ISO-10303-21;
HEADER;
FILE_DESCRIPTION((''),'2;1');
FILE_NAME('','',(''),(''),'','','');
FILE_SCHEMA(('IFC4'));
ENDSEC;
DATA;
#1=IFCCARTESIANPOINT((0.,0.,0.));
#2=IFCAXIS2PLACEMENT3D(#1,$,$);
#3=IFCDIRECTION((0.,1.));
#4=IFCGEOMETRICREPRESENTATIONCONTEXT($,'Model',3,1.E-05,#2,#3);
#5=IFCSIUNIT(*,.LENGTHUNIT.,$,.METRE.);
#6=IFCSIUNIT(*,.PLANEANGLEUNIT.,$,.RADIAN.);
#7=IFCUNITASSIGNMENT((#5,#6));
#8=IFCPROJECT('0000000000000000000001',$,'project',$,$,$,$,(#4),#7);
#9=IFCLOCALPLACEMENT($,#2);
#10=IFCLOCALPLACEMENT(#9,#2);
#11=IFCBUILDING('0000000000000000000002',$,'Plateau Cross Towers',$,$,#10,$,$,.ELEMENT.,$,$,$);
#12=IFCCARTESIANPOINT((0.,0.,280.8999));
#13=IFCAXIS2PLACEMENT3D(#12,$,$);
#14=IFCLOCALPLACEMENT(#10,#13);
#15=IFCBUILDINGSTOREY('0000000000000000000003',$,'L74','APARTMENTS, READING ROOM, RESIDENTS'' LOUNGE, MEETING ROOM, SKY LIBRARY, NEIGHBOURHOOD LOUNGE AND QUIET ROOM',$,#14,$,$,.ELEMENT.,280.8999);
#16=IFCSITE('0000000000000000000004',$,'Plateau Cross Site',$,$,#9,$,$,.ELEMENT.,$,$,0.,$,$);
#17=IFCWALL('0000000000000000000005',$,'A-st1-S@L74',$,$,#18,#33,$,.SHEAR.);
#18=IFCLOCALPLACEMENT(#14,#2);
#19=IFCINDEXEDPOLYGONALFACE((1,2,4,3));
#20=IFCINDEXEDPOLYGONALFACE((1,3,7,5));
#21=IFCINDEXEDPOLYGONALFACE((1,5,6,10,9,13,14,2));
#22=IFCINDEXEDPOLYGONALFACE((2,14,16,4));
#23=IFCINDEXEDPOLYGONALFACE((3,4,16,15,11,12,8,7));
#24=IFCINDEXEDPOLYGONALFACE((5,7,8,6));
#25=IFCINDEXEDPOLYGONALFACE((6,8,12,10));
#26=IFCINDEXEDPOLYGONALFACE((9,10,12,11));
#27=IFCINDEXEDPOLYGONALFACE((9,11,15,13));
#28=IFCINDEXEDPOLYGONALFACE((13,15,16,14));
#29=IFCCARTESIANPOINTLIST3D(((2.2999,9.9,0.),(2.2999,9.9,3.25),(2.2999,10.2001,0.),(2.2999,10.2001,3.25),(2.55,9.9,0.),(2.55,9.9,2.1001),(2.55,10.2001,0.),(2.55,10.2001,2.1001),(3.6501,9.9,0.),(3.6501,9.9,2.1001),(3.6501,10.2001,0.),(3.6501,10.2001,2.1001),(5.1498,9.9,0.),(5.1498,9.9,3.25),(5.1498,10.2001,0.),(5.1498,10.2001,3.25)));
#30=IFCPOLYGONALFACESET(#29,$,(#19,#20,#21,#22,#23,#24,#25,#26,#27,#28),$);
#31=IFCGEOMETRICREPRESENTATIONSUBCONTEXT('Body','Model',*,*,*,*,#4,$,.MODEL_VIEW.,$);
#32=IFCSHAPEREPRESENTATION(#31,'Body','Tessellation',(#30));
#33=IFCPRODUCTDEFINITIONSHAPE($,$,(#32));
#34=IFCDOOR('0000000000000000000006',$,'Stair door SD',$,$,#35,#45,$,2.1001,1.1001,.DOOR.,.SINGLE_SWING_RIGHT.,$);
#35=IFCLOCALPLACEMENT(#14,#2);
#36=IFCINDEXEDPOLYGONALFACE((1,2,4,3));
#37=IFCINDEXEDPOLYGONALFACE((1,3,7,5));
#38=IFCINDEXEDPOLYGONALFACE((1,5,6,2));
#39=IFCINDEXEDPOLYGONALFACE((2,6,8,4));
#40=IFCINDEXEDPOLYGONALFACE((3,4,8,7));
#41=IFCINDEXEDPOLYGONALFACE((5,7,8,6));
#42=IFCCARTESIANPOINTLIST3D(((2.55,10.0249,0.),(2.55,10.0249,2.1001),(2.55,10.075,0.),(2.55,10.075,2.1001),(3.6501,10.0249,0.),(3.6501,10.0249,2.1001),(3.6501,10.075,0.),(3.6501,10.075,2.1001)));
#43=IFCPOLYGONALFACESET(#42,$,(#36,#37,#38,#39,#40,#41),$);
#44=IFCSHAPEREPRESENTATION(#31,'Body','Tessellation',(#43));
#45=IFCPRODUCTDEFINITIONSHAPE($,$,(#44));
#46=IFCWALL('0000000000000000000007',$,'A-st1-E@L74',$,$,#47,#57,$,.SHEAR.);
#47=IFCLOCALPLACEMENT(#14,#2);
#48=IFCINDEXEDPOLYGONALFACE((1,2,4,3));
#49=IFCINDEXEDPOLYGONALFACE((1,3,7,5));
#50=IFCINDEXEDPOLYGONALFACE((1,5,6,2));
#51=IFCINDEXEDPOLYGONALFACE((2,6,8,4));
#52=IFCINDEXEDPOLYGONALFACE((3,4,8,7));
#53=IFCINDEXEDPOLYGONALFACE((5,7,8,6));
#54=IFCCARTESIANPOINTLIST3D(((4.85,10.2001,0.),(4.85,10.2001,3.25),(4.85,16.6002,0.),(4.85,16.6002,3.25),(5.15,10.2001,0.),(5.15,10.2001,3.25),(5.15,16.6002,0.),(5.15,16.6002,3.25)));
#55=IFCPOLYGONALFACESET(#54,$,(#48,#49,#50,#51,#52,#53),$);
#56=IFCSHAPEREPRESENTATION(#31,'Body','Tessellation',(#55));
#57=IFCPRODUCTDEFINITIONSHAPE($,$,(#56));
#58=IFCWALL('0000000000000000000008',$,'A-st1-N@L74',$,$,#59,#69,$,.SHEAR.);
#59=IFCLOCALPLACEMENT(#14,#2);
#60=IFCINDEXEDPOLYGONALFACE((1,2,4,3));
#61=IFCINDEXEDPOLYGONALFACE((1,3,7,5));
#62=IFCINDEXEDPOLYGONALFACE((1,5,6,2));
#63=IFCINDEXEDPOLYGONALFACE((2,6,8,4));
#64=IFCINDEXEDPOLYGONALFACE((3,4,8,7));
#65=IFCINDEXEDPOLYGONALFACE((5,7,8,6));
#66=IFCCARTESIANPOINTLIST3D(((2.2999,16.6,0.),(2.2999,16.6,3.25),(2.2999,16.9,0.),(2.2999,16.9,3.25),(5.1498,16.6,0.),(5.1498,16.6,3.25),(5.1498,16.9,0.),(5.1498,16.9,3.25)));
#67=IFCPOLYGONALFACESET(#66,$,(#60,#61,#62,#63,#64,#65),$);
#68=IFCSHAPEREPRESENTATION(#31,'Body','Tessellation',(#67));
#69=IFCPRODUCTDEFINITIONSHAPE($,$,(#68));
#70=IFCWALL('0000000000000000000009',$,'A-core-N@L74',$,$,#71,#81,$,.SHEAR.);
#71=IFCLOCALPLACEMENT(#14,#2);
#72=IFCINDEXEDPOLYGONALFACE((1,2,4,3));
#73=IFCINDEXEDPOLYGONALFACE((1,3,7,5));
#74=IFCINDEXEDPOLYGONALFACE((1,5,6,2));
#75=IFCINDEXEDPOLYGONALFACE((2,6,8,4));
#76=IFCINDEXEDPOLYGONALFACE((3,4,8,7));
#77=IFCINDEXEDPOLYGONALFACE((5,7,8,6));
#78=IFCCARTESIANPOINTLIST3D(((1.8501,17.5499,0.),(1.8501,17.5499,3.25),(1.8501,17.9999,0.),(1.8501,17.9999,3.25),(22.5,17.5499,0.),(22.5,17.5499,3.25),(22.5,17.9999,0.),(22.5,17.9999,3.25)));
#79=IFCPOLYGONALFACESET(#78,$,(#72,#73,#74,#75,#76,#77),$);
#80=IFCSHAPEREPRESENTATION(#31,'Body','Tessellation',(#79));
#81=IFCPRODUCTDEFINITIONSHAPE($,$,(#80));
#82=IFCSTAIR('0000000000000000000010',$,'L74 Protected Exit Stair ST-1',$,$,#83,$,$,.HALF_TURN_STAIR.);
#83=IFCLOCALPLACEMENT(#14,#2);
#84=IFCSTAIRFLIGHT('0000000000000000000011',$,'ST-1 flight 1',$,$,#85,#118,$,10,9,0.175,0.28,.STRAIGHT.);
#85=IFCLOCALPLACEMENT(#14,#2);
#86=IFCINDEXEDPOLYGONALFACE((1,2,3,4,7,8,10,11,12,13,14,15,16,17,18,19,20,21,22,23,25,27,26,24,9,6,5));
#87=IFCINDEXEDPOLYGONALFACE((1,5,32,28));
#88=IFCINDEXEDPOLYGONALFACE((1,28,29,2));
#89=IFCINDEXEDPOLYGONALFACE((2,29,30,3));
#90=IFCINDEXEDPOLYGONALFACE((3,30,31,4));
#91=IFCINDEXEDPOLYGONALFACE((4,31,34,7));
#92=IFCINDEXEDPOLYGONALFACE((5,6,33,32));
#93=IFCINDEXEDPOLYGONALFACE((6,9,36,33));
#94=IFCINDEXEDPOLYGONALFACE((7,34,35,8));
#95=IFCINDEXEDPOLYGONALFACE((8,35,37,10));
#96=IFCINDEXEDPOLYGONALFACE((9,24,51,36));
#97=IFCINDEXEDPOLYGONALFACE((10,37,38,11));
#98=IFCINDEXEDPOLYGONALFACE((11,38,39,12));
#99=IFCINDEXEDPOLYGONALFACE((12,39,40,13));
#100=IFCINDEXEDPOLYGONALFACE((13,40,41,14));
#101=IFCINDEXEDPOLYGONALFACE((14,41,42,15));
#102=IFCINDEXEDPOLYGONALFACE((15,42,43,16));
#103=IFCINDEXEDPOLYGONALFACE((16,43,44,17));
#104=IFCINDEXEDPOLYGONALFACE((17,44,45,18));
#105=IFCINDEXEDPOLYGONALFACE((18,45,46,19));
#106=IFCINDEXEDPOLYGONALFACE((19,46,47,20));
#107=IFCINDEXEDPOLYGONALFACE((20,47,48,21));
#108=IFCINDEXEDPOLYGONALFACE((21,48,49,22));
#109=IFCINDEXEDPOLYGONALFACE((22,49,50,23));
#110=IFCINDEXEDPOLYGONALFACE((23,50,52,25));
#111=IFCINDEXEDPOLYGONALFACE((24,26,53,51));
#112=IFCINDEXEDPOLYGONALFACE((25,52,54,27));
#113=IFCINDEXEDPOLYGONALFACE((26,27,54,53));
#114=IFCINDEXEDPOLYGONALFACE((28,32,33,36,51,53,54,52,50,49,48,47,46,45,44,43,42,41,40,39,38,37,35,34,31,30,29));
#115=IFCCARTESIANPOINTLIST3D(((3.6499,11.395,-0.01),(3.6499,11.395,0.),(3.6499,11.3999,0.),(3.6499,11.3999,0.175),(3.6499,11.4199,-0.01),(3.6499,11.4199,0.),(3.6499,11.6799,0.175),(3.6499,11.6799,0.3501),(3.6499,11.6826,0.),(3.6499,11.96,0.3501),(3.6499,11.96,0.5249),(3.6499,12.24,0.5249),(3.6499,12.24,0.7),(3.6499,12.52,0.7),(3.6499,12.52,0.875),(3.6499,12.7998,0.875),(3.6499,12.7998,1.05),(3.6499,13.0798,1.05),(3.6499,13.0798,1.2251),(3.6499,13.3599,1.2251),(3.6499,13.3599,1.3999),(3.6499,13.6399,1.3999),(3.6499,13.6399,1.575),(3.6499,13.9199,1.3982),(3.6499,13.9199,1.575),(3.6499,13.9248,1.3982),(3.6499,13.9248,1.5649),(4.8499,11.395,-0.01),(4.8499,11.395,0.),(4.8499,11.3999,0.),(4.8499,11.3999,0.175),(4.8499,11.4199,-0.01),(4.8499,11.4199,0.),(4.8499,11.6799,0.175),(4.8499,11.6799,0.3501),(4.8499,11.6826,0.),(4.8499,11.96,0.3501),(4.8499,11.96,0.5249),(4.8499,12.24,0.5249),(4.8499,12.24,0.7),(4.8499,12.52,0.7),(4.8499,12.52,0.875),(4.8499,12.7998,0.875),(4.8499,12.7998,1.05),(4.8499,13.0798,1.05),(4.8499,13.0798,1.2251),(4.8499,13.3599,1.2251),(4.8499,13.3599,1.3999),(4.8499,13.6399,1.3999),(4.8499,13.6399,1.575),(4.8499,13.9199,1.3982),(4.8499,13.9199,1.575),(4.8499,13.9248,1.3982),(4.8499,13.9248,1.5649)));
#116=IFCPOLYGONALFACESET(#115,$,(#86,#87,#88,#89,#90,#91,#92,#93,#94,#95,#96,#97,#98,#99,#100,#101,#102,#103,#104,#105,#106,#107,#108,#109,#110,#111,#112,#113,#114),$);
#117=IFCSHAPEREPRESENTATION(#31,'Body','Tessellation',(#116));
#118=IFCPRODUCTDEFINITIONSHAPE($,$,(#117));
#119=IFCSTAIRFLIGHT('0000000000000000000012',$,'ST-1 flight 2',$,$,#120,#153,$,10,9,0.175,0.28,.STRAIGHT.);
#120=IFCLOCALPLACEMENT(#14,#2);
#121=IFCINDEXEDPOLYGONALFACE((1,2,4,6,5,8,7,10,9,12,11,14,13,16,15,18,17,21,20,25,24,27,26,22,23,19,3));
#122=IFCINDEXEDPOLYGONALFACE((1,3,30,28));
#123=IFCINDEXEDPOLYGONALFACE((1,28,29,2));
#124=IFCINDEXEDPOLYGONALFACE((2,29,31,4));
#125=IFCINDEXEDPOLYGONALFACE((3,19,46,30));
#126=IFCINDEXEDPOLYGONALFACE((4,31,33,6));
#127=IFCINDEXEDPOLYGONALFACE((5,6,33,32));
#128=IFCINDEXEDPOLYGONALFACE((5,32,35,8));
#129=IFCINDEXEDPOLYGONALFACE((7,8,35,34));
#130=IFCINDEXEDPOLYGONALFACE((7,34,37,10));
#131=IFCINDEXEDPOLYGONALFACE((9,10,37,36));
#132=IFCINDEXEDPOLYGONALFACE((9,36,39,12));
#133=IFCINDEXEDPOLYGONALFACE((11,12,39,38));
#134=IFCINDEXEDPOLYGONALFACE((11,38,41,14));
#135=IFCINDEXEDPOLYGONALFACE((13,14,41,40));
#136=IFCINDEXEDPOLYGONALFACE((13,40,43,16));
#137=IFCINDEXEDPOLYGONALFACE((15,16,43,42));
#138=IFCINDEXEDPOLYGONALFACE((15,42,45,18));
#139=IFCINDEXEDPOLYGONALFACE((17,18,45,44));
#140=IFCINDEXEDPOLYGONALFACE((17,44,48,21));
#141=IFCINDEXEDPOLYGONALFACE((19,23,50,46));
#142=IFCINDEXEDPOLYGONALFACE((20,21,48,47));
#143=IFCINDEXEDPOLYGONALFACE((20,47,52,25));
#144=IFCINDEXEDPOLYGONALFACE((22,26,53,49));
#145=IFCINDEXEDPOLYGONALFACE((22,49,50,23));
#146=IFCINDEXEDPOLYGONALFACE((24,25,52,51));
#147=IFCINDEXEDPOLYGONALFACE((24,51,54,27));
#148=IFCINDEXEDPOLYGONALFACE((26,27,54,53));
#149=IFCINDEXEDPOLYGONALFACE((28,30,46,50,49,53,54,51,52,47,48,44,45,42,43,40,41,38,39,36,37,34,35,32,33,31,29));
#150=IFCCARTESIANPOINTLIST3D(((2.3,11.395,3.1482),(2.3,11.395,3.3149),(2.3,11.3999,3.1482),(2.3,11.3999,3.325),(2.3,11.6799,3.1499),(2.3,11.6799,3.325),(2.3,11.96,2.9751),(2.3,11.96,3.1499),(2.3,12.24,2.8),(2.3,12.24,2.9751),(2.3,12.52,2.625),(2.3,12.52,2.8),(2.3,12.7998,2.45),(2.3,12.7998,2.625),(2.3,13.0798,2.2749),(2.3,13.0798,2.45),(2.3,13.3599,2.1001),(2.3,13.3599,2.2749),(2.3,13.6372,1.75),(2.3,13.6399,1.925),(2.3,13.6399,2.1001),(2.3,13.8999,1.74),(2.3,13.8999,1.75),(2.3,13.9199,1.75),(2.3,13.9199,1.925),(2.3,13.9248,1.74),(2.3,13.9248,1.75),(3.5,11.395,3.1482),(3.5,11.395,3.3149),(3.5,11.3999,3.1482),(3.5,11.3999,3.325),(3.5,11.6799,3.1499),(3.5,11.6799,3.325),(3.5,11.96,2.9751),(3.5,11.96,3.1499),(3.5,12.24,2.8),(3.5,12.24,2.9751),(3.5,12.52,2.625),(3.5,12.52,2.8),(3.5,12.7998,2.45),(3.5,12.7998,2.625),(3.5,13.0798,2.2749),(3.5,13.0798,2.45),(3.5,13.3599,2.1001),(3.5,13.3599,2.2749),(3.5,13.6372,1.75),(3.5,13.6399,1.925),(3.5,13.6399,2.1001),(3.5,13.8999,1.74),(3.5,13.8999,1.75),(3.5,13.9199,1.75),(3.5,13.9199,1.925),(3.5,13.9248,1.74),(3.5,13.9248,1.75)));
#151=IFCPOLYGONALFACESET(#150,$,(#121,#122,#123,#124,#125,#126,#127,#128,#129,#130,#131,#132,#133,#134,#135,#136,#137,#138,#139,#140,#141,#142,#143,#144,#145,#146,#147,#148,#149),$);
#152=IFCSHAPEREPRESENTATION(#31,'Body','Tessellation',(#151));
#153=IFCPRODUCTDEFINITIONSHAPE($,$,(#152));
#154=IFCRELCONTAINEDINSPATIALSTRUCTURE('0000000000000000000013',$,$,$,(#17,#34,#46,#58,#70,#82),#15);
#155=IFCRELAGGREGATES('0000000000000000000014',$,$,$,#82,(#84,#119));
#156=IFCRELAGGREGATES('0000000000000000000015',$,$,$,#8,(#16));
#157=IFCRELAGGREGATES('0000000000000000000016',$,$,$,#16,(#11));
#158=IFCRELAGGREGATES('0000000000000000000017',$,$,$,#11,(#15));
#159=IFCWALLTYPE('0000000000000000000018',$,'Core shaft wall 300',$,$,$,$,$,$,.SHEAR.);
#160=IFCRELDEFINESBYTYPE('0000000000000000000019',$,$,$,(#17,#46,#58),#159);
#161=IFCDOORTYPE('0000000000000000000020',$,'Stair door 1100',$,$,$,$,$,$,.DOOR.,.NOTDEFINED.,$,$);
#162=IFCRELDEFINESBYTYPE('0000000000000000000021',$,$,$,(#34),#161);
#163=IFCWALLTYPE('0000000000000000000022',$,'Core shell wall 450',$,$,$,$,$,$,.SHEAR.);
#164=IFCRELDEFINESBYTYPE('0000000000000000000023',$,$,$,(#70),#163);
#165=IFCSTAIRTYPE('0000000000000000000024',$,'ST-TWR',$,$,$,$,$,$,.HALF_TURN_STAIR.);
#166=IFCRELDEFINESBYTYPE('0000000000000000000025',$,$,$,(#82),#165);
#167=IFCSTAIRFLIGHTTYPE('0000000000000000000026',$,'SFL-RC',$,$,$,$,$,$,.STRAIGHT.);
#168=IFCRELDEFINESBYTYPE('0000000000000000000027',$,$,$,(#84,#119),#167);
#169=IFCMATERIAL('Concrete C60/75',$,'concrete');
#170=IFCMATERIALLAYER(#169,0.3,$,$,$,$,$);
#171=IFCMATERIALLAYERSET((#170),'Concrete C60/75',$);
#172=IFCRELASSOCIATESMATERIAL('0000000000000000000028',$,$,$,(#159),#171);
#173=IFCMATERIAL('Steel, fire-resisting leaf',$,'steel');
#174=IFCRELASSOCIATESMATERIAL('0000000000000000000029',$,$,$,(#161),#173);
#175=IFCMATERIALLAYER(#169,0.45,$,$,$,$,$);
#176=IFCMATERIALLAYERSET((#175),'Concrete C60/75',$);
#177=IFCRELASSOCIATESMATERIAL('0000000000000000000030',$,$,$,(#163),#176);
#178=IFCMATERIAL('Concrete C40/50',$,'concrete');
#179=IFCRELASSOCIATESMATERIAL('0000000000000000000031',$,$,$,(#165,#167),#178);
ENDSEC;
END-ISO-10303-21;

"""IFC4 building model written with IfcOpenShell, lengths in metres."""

from ifc_helpers import new_model, si_unit, direction, frame, frame_2d, origin, place, context, subcontext, project, spatial, polyline, rectangle, outline, extrude, material, layer, layer_set, type_object, element, fill, aggregate, save


model = new_model("IFC4")

# Units and contexts
model_context = context("Model", 3, precision=1e-05, world=origin(), true_north=direction((0.0, 1.0)))
body_context = subcontext(model_context, "Body", "Model", "MODEL_VIEW")
ifc_project = project(units=[si_unit("LENGTHUNIT", "METRE"), si_unit("PLANEANGLEUNIT", "RADIAN")], contexts=[model_context])

# Site, building, storey
site_placement = place(None, origin())
site = spatial("IfcSite", under=ifc_project, at=site_placement, Name="Plateau Cross Site", CompositionType="ELEMENT", RefElevation=0.0)
building_placement = place(site_placement, origin())
building = spatial("IfcBuilding", under=site, at=building_placement, Name="Plateau Cross Towers", CompositionType="ELEMENT")
storey_placement = place(building_placement, frame((0.0, 0.0, 280.8999)))
storey = spatial("IfcBuildingStorey", under=building, at=storey_placement, Name="L74", Description="APARTMENTS, READING ROOM, RESIDENTS' LOUNGE, MEETING ROOM, SKY LIBRARY, NEIGHBOURHOOD LOUNGE AND QUIET ROOM", CompositionType="ELEMENT", Elevation=280.8999)

# Shared definitions
ifc_material_1 = material(Name="Concrete C60/75", Category="concrete")

# Wall, opening, door
ifc_layer_1 = layer(ifc_material_1, 0.3)
ifc_layer_set_1 = layer_set([ifc_layer_1], Name="Concrete C60/75")
wall_type_1 = type_object("IfcWallType", Name="Core shaft wall 300", PredefinedType="SHEAR", material=ifc_layer_set_1)
wall_1_placement = place(storey_placement, frame((2.3, 10.05, 0.0), z_axis=(0.0, 0.0, 1.0), x_axis=(1.0, 0.0, 0.0)))
wall_1 = element("IfcWall", 1, at=wall_1_placement, inside=storey, type_object=wall_type_1, Name="A-st1-S@L74", PredefinedType="SHEAR", context=body_context, shape_type="SweptSolid", body=[
    extrude(rectangle(XDim=2.8499, YDim=0.3, at=frame_2d((1.4248, 0.0))), origin(), (0.0, 0.0, 1.0), 3.25),
])
opening_placement = place(wall_1_placement, frame((0.25, 0.0, 0.0)))
opening = element("IfcOpeningElement", 2, at=opening_placement, cuts=wall_1, PredefinedType="OPENING", context=body_context, shape_type="SweptSolid", body=[
    extrude(rectangle(XDim=1.1001, YDim=2.1001, at=frame_2d((0.55, 1.05))), frame((0.0, 0.1599, 0.0), z_axis=(0.0, -1.0, 0.0), x_axis=(1.0, 0.0, 0.0)), (0.0, 0.0, 1.0), 0.3201),
])
ifc_material_2 = material(Name="Steel, fire-resisting leaf", Category="steel")
door_type = type_object("IfcDoorType", Name="Stair door 1100", OperationType="NOTDEFINED", PredefinedType="DOOR", material=ifc_material_2)
door_placement = place(opening_placement, origin())
door = element("IfcDoor", 3, at=door_placement, inside=storey, type_object=door_type, Name="Stair door SD", OperationType="SINGLE_SWING_RIGHT", OverallHeight=2.1001, OverallWidth=1.1001, PredefinedType="DOOR", context=body_context, shape_type="SweptSolid", body=[
    extrude(rectangle(XDim=1.1001, YDim=2.1001, at=frame_2d((0.55, 1.05))), frame((0.0, 0.0249, 0.0), z_axis=(0.0, -1.0, 0.0), x_axis=(1.0, 0.0, 0.0)), (0.0, 0.0, 1.0), 0.05),
])
fill(opening, door)

# Walls
wall_2_placement = place(storey_placement, frame((5.0, 10.2, 0.0), z_axis=(0.0, 0.0, 1.0), x_axis=(0.0, 1.0, 0.0)))
element("IfcWall", 4, at=wall_2_placement, inside=storey, type_object=wall_type_1, Name="A-st1-E@L74", PredefinedType="SHEAR", context=body_context, shape_type="SweptSolid", body=[
    extrude(rectangle(XDim=6.4001, YDim=0.3, at=frame_2d((3.2002, 0.0))), origin(), (0.0, 0.0, 1.0), 3.25),
])
wall_3_placement = place(storey_placement, frame((2.3, 16.75, 0.0), z_axis=(0.0, 0.0, 1.0), x_axis=(1.0, 0.0, 0.0)))
element("IfcWall", 5, at=wall_3_placement, inside=storey, type_object=wall_type_1, Name="A-st1-N@L74", PredefinedType="SHEAR", context=body_context, shape_type="SweptSolid", body=[
    extrude(rectangle(XDim=2.8499, YDim=0.3, at=frame_2d((1.4248, 0.0))), origin(), (0.0, 0.0, 1.0), 3.25),
])
ifc_layer_2 = layer(ifc_material_1, 0.45)
ifc_layer_set_2 = layer_set([ifc_layer_2], Name="Concrete C60/75")
wall_type_2 = type_object("IfcWallType", Name="Core shell wall 450", PredefinedType="SHEAR", material=ifc_layer_set_2)
wall_4_placement = place(storey_placement, frame((1.8501, 17.7749, 0.0), z_axis=(0.0, 0.0, 1.0), x_axis=(1.0, 0.0, 0.0)))
element("IfcWall", 6, at=wall_4_placement, inside=storey, type_object=wall_type_2, Name="A-core-N@L74", PredefinedType="SHEAR", context=body_context, shape_type="SweptSolid", body=[
    extrude(rectangle(XDim=20.6499, YDim=0.45, at=frame_2d((10.325, 0.0))), origin(), (0.0, 0.0, 1.0), 3.25),
])

# Stair, stair flights
ifc_material_3 = material(Name="Concrete C40/50", Category="concrete")
stair_type = type_object("IfcStairType", Name="ST-TWR", PredefinedType="HALF_TURN_STAIR", material=ifc_material_3)
stair_placement = place(storey_placement, origin())
stair = element("IfcStair", 7, at=stair_placement, inside=storey, type_object=stair_type, Name="L74 Protected Exit Stair ST-1", PredefinedType="HALF_TURN_STAIR")
stair_flight_type = type_object("IfcStairFlightType", Name="SFL-RC", PredefinedType="STRAIGHT", material=ifc_material_3)
stair_flight_1_placement = place(storey_placement, frame((4.25, 11.3999, 0.0), z_axis=(0.0, 0.0, 1.0), x_axis=(0.0, 1.0, 0.0)))
stair_flight_1 = element("IfcStairFlight", 8, at=stair_flight_1_placement, type_object=stair_flight_type, Name="ST-1 flight 1", NumberOfRisers=10, NumberOfTreads=9, PredefinedType="STRAIGHT", RiserHeight=0.175, TreadLength=0.28, context=body_context, shape_type="SweptSolid", body=[
    extrude(outline(polyline([(-0.0049, -0.01), (-0.0049, 0.0), (0.0, 0.0), (0.0, 0.175), (0.28, 0.175), (0.28, 0.3501), (0.5601, 0.3501), (0.5601, 0.5249), (0.8401, 0.5249), (0.8401, 0.7), (1.1201, 0.7), (1.1201, 0.875), (1.3999, 0.875), (1.3999, 1.05), (1.6799, 1.05), (1.6799, 1.2251), (1.96, 1.2251), (1.96, 1.3999), (2.24, 1.3999), (2.24, 1.575), (2.52, 1.575), (2.5249, 1.5649), (2.5249, 1.3982), (2.52, 1.3982), (0.2827, 0.0), (0.02, 0.0), (0.02, -0.01), (-0.0049, -0.01)])), frame((0.0, 0.6001, 0.0), z_axis=(0.0, -1.0, 0.0), x_axis=(1.0, 0.0, 0.0)), (0.0, 0.0, 1.0), 1.2),
])
stair_flight_2_placement = place(storey_placement, frame((2.8999, 13.9199, 1.75), z_axis=(0.0, 0.0, 1.0), x_axis=(0.0, -1.0, 0.0)))
stair_flight_2 = element("IfcStairFlight", 9, at=stair_flight_2_placement, type_object=stair_flight_type, Name="ST-1 flight 2", NumberOfRisers=10, NumberOfTreads=9, PredefinedType="STRAIGHT", RiserHeight=0.175, TreadLength=0.28, context=body_context, shape_type="SweptSolid", body=[
    extrude(outline(polyline([(-0.0049, -0.01), (-0.0049, 0.0), (0.0, 0.0), (0.0, 0.175), (0.28, 0.175), (0.28, 0.3501), (0.5601, 0.3501), (0.5601, 0.5249), (0.8401, 0.5249), (0.8401, 0.7), (1.1201, 0.7), (1.1201, 0.875), (1.3999, 0.875), (1.3999, 1.05), (1.6799, 1.05), (1.6799, 1.2251), (1.96, 1.2251), (1.96, 1.3999), (2.24, 1.3999), (2.24, 1.575), (2.52, 1.575), (2.5249, 1.5649), (2.5249, 1.3982), (2.52, 1.3982), (0.2827, 0.0), (0.02, 0.0), (0.02, -0.01), (-0.0049, -0.01)])), frame((0.0, 0.6001, 0.0), z_axis=(0.0, -1.0, 0.0), x_axis=(1.0, 0.0, 0.0)), (0.0, 0.0, 1.0), 1.2),
])
aggregate(stair, [stair_flight_1, stair_flight_2])

save(model, "model.ifc")
